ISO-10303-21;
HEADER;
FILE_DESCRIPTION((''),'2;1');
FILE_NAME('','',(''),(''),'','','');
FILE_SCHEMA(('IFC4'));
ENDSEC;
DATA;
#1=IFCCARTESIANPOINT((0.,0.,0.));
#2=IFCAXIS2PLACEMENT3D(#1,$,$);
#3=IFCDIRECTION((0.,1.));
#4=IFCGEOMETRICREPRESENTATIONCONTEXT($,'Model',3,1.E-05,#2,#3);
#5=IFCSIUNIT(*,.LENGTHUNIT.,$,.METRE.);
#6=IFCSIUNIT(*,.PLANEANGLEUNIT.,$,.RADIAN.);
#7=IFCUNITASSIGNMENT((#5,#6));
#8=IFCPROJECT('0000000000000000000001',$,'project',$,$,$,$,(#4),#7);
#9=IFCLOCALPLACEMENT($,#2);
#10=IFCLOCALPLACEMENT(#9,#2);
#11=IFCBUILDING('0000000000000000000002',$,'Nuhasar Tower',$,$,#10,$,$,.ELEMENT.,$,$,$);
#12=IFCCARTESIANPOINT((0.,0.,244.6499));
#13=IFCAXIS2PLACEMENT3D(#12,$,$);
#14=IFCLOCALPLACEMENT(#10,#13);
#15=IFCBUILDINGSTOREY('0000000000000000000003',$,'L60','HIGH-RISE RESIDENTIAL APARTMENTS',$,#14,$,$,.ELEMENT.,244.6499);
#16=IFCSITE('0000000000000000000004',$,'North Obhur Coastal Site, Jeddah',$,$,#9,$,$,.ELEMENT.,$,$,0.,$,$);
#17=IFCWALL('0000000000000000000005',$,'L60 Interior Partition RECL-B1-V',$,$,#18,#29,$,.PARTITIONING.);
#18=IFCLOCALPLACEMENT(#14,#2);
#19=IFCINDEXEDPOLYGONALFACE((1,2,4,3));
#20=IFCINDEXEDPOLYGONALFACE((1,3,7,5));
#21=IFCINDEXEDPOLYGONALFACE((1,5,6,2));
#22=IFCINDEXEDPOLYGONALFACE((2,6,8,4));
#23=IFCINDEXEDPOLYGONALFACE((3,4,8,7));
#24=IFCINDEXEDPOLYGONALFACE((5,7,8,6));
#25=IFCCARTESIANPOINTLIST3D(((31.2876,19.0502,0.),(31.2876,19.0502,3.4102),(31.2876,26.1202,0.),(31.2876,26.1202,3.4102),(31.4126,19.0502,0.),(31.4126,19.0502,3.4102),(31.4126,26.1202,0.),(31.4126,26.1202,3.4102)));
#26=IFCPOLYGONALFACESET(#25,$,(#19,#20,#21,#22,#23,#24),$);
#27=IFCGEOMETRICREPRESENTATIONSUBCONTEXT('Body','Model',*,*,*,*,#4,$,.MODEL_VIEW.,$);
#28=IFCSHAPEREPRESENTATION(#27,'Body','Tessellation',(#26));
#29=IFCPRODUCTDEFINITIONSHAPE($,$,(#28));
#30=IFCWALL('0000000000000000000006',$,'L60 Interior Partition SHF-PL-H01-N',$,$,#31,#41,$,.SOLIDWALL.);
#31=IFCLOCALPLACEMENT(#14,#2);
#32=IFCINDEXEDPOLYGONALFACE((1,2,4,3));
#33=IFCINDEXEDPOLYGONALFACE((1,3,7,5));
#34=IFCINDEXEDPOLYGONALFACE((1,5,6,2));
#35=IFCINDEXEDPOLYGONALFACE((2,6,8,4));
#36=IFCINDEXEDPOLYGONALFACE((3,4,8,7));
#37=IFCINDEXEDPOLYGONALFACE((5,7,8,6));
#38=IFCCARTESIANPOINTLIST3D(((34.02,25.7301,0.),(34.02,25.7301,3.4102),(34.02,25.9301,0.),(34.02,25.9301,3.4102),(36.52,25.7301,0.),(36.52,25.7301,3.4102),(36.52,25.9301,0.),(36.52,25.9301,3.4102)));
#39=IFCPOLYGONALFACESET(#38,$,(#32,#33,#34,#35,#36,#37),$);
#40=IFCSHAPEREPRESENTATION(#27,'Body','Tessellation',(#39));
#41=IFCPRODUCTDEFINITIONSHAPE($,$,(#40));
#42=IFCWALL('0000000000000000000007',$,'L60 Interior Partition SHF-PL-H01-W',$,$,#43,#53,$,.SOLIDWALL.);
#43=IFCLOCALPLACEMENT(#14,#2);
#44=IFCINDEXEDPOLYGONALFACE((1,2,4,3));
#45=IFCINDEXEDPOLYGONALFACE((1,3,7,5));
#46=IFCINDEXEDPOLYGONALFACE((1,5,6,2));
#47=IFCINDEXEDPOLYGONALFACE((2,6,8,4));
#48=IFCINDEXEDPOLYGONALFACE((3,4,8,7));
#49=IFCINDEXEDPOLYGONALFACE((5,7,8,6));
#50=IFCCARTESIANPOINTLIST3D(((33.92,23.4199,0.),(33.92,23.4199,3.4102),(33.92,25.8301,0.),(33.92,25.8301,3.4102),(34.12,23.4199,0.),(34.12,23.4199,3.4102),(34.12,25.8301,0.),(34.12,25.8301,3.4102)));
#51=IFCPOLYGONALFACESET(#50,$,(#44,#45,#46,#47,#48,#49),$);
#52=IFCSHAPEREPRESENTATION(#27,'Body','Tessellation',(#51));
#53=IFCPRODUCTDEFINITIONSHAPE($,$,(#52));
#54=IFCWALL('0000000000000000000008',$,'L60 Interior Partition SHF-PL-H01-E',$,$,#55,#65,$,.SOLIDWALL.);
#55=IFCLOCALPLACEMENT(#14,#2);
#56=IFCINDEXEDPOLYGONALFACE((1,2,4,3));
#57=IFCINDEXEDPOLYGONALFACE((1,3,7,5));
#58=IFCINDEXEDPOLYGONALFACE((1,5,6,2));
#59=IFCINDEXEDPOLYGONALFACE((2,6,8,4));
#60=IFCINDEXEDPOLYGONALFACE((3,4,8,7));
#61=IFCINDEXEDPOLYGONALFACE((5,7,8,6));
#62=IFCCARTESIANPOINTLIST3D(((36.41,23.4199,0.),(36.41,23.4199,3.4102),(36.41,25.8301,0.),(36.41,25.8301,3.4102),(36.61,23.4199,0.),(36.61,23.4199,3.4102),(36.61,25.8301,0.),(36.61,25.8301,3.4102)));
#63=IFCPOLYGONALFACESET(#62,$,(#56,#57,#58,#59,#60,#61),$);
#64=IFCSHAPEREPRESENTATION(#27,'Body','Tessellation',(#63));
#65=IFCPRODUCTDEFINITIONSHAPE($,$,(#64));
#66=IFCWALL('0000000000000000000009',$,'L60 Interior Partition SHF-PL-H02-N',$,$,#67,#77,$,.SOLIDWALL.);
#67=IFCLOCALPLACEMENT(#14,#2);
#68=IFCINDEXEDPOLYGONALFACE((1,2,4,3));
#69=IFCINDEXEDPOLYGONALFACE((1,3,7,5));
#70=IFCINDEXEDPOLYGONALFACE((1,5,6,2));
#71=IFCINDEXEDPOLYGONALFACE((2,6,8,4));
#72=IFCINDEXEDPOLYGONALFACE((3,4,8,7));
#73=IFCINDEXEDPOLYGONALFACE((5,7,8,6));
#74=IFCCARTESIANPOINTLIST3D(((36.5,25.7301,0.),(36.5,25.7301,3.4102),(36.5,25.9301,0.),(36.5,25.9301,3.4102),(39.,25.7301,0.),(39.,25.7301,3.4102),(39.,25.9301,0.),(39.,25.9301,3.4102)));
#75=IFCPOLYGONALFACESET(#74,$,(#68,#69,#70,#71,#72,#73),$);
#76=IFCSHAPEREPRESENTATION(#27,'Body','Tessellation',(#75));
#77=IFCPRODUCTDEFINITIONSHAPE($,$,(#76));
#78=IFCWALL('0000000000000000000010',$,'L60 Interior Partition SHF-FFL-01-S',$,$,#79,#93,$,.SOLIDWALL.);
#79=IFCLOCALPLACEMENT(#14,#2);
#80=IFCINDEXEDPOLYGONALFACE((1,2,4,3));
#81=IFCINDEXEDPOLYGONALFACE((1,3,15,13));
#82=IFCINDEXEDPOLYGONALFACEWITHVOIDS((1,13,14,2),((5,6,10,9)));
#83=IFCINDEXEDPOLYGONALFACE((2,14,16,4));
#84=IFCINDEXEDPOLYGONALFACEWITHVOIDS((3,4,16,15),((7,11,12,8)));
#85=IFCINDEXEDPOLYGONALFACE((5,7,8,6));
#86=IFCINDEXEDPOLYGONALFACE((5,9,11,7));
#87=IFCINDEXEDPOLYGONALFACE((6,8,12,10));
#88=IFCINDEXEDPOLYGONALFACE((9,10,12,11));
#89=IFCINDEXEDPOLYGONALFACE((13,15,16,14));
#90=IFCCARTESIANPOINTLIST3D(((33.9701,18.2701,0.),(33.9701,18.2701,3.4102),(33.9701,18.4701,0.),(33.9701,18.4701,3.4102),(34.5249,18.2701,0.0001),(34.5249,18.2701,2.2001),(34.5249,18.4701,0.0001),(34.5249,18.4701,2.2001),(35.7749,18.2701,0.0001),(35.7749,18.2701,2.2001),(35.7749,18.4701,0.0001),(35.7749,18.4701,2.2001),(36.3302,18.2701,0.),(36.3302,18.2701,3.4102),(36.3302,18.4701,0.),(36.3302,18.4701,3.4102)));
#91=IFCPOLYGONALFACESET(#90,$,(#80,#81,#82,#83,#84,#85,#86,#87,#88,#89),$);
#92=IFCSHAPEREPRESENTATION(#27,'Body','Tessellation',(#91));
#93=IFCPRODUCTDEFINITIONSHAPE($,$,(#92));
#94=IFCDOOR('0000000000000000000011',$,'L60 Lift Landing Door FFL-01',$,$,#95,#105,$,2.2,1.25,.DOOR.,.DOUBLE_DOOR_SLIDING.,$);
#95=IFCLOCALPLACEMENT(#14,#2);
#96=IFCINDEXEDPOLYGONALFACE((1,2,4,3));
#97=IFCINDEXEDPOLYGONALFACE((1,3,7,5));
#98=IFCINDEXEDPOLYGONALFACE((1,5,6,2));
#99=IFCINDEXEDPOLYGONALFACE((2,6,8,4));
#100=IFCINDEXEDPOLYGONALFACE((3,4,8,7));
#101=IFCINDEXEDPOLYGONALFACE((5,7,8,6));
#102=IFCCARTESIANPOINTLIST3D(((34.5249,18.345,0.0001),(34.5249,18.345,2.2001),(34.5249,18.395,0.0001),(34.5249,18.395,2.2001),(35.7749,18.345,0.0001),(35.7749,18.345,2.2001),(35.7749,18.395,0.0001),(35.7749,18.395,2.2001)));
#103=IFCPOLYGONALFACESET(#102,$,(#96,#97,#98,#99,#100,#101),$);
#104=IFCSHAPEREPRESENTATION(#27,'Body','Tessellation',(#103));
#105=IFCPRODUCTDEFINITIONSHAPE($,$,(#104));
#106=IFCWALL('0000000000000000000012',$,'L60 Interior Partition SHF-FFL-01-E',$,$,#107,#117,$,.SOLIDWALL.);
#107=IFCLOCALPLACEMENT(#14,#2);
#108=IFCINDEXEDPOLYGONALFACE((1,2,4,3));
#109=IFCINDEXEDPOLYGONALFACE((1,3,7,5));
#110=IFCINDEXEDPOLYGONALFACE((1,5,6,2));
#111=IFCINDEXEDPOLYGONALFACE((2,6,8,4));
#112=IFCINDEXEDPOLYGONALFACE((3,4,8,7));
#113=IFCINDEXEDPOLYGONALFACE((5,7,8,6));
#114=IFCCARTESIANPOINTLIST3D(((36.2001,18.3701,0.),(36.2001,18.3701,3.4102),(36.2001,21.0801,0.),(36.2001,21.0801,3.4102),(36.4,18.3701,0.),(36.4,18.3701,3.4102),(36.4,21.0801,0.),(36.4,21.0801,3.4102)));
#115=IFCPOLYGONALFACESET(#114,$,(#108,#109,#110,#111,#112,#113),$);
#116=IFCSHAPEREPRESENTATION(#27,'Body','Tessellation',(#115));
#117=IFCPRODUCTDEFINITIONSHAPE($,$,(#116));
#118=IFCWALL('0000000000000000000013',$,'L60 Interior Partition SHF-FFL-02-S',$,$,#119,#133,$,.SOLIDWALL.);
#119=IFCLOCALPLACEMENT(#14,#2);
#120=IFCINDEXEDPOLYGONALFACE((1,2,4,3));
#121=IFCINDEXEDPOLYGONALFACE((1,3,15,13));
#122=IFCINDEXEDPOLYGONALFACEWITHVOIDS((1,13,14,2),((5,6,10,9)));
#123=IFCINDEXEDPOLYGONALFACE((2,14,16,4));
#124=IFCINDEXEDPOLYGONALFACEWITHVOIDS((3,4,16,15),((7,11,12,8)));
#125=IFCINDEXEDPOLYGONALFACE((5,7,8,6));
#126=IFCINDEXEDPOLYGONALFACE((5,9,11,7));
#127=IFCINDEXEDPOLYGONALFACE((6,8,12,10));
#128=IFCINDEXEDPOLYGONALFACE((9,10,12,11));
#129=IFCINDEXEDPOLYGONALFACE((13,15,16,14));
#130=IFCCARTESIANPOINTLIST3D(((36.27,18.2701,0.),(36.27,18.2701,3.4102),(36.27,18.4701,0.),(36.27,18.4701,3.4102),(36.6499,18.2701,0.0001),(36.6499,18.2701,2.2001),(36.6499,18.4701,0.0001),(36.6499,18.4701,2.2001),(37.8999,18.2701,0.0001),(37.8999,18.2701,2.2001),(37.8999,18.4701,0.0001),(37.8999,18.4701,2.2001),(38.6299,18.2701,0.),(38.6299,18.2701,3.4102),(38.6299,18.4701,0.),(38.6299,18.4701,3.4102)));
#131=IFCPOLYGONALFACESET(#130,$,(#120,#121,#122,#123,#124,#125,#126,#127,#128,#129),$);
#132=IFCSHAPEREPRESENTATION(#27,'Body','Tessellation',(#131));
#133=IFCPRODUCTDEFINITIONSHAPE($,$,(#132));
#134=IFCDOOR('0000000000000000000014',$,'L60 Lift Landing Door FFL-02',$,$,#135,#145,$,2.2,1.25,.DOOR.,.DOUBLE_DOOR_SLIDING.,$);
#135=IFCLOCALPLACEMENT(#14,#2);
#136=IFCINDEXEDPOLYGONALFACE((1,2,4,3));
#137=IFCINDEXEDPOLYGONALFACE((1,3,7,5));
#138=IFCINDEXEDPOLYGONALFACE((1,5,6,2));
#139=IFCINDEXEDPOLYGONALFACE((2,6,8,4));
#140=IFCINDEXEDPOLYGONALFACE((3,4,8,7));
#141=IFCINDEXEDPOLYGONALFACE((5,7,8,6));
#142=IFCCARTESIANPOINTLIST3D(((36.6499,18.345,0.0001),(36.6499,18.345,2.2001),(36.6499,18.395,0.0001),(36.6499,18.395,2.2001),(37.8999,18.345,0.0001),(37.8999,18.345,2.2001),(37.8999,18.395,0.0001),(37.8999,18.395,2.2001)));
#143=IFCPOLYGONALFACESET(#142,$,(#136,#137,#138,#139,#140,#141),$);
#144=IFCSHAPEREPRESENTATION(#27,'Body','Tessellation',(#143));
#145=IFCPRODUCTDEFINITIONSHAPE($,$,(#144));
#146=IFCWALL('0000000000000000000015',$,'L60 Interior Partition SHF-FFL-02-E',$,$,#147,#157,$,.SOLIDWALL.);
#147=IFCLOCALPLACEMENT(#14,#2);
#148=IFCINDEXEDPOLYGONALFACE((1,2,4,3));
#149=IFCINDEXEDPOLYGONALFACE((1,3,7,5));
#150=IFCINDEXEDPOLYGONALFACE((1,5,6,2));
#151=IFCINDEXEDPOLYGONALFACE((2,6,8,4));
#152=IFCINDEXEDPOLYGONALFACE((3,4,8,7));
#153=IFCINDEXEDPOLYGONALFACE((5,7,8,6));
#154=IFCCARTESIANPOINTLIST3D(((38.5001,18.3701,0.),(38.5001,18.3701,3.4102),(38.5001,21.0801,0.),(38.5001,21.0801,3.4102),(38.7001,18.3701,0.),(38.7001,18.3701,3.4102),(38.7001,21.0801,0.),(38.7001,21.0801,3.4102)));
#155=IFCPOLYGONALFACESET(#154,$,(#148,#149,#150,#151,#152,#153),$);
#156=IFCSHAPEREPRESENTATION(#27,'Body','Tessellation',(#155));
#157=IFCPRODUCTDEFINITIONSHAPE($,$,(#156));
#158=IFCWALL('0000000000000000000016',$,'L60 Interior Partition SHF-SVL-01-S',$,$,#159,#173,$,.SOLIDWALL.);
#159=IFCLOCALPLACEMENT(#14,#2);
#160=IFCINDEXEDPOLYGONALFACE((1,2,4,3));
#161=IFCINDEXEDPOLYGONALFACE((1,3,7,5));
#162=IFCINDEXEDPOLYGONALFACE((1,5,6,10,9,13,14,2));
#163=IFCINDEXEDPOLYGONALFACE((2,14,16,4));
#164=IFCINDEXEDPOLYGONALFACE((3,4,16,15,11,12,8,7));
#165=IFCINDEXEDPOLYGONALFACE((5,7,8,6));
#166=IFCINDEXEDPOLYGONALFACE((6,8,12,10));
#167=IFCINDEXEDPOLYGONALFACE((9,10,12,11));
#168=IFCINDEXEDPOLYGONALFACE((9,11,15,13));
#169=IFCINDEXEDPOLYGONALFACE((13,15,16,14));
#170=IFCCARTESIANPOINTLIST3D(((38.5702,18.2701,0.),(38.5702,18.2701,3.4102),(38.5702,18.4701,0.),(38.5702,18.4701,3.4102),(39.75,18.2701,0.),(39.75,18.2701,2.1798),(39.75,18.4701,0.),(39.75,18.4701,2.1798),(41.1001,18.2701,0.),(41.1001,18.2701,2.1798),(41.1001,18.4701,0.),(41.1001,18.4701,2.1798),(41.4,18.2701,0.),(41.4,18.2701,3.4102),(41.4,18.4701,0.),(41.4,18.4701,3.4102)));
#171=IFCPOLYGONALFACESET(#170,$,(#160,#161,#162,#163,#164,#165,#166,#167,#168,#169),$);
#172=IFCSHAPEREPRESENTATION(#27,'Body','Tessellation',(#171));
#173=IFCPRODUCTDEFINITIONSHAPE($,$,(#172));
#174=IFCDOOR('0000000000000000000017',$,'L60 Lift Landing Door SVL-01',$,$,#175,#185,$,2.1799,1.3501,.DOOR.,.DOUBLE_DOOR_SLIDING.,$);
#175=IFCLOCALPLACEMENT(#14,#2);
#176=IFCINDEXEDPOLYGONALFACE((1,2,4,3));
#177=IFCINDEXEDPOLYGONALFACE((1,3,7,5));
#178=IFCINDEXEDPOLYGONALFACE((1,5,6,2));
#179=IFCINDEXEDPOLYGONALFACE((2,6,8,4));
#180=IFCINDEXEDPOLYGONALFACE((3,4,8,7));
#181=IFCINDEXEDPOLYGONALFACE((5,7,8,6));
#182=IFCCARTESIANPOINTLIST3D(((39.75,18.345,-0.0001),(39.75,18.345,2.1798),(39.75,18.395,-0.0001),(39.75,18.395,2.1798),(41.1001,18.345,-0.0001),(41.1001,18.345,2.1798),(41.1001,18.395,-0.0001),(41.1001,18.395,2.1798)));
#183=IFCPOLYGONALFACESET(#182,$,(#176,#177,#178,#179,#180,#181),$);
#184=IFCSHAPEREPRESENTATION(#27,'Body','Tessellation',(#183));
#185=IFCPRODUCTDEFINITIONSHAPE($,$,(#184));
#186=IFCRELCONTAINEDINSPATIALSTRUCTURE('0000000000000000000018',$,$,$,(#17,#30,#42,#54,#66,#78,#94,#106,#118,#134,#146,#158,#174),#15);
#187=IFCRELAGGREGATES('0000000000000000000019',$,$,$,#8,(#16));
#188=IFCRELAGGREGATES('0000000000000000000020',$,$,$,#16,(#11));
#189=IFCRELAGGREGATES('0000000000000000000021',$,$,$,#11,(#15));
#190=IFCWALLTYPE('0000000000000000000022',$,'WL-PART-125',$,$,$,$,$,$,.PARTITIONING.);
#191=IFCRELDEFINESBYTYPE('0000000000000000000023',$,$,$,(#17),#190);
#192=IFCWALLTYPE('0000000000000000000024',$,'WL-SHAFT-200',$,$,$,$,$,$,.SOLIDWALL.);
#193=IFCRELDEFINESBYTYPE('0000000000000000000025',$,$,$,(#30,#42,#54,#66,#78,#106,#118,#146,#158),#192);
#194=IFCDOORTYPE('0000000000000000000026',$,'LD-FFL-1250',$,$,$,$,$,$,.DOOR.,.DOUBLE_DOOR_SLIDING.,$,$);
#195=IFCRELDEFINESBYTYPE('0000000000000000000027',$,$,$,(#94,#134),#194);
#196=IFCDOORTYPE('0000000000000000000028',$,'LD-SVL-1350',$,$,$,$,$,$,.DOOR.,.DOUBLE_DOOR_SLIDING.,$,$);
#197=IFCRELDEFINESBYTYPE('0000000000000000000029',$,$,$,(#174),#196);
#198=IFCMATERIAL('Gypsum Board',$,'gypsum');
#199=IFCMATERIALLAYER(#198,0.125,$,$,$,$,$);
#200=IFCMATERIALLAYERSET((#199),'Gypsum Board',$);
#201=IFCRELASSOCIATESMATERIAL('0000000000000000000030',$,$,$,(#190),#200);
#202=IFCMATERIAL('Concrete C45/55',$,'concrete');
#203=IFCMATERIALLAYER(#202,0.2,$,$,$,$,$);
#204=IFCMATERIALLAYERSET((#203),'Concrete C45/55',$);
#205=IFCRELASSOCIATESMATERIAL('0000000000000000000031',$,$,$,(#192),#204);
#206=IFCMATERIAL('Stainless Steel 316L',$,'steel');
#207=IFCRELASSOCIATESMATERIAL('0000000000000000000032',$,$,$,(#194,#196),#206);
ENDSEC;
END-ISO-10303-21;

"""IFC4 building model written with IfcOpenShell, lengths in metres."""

from ifc_helpers import new_model, si_unit, direction, frame, frame_2d, origin, place, context, subcontext, project, spatial, rectangle, extrude, material, layer, layer_set, type_object, element, fill, save


model = new_model("IFC4")

# Units and contexts
model_context = context("Model", 3, precision=1e-05, world=origin(), true_north=direction((0.0, 1.0)))
body_context = subcontext(model_context, "Body", "Model", "MODEL_VIEW")
ifc_project = project(units=[si_unit("LENGTHUNIT", "METRE"), si_unit("PLANEANGLEUNIT", "RADIAN")], contexts=[model_context])

# Site, building, storey
site_placement = place(None, origin())
site = spatial("IfcSite", under=ifc_project, at=site_placement, Name="North Obhur Coastal Site, Jeddah", CompositionType="ELEMENT", RefElevation=0.0)
building_placement = place(site_placement, origin())
building = spatial("IfcBuilding", under=site, at=building_placement, Name="Nuhasar Tower", CompositionType="ELEMENT")
storey_placement = place(building_placement, frame((0.0, 0.0, 244.6499)))
storey = spatial("IfcBuildingStorey", under=building, at=storey_placement, Name="L60", Description="HIGH-RISE RESIDENTIAL APARTMENTS", CompositionType="ELEMENT", Elevation=244.6499)

# Shared definitions
ifc_material_1 = material(Name="Gypsum Board", Category="gypsum")

# Wall
ifc_material_2 = material(Name="Concrete C45/55", Category="concrete")
ifc_layer_1 = layer(ifc_material_1, 0.125)
ifc_layer_set_1 = layer_set([ifc_layer_1], Name="Gypsum Board")
wall_type_1 = type_object("IfcWallType", Name="WL-PART-125", PredefinedType="PARTITIONING", material=ifc_layer_set_1)
wall_1_placement = place(storey_placement, frame((31.3501, 19.05, 0.0), z_axis=(0.0, 0.0, 1.0), x_axis=(0.0, 1.0, 0.0)))
element("IfcWall", 1, at=wall_1_placement, inside=storey, type_object=wall_type_1, Name="L60 Interior Partition RECL-B1-V", PredefinedType="PARTITIONING", context=body_context, shape_type="SweptSolid", body=[
    extrude(rectangle(XDim=7.0701, YDim=0.125, at=frame_2d((3.5352, 0.0))), origin(), (0.0, 0.0, 1.0), 3.4102),
])

# Shared definitions
ifc_layer_2 = layer(ifc_material_2, 0.2)
ifc_layer_set_2 = layer_set([ifc_layer_2], Name="Concrete C45/55")
wall_type_2 = type_object("IfcWallType", Name="WL-SHAFT-200", PredefinedType="SOLIDWALL", material=ifc_layer_set_2)
ifc_material_3 = material(Name="Stainless Steel 316L", Category="steel")

# Walls
wall_2_placement = place(storey_placement, frame((34.02, 25.8301, 0.0), z_axis=(0.0, 0.0, 1.0), x_axis=(1.0, 0.0, 0.0)))
element("IfcWall", 2, at=wall_2_placement, inside=storey, type_object=wall_type_2, Name="L60 Interior Partition SHF-PL-H01-N", PredefinedType="SOLIDWALL", context=body_context, shape_type="SweptSolid", body=[
    extrude(rectangle(XDim=2.5, YDim=0.2, at=frame_2d((1.25, 0.0))), origin(), (0.0, 0.0, 1.0), 3.4102),
])
for number, where, z_axis, x_axis, name in (
    (3, (34.02, 23.4199, 0.0), (0.0, 0.0, 1.0), (0.0, 1.0, 0.0), "L60 Interior Partition SHF-PL-H01-W"),
    (4, (36.51, 23.4199, 0.0), (0.0, 0.0, 1.0), (0.0, 1.0, 0.0), "L60 Interior Partition SHF-PL-H01-E"),
):
    element("IfcWall", number, at=place(storey_placement, frame(where, z_axis=z_axis, x_axis=x_axis)), inside=storey, type_object=wall_type_2, Name=name, PredefinedType="SOLIDWALL", context=body_context, shape_type="SweptSolid", body=[
        extrude(rectangle(XDim=2.4102, YDim=0.2, at=frame_2d((1.2051, 0.0))), origin(), (0.0, 0.0, 1.0), 3.4102),
    ])

# Wall
wall_3_placement = place(storey_placement, frame((36.5, 25.8301, 0.0), z_axis=(0.0, 0.0, 1.0), x_axis=(1.0, 0.0, 0.0)))
element("IfcWall", 5, at=wall_3_placement, inside=storey, type_object=wall_type_2, Name="L60 Interior Partition SHF-PL-H02-N", PredefinedType="SOLIDWALL", context=body_context, shape_type="SweptSolid", body=[
    extrude(rectangle(XDim=2.5, YDim=0.2, at=frame_2d((1.25, 0.0))), origin(), (0.0, 0.0, 1.0), 3.4102),
])

# Wall, opening, door
wall_4_placement = place(storey_placement, frame((33.97, 18.3701, 0.0), z_axis=(0.0, 0.0, 1.0), x_axis=(1.0, 0.0, 0.0)))
wall_4 = element("IfcWall", 6, at=wall_4_placement, inside=storey, type_object=wall_type_2, Name="L60 Interior Partition SHF-FFL-01-S", PredefinedType="SOLIDWALL", context=body_context, shape_type="SweptSolid", body=[
    extrude(rectangle(XDim=2.3601, YDim=0.2, at=frame_2d((1.1802, 0.0))), origin(), (0.0, 0.0, 1.0), 3.4102),
])
opening_1_placement = place(wall_4_placement, frame((0.5549, 0.0, 0.0)))
opening_1 = element("IfcOpeningElement", 7, at=opening_1_placement, cuts=wall_4, PredefinedType="OPENING", context=body_context, shape_type="SweptSolid", body=[
    extrude(rectangle(XDim=1.25, YDim=2.2, at=frame_2d((0.625, 1.1001))), frame((0.0, 0.1099, 0.0), z_axis=(0.0, -1.0, 0.0), x_axis=(1.0, 0.0, 0.0)), (0.0, 0.0, 1.0), 0.22),
])
door_type_1 = type_object("IfcDoorType", Name="LD-FFL-1250", OperationType="DOUBLE_DOOR_SLIDING", PredefinedType="DOOR", material=ifc_material_3)
door_1_placement = place(opening_1_placement, origin())
door_1 = element("IfcDoor", 8, at=door_1_placement, inside=storey, type_object=door_type_1, Name="L60 Lift Landing Door FFL-01", OperationType="DOUBLE_DOOR_SLIDING", OverallHeight=2.2, OverallWidth=1.25, PredefinedType="DOOR", context=body_context, shape_type="SweptSolid", body=[
    extrude(rectangle(XDim=1.25, YDim=2.2, at=frame_2d((0.625, 1.1001))), frame((0.0, 0.0249, 0.0), z_axis=(0.0, -1.0, 0.0), x_axis=(1.0, 0.0, 0.0)), (0.0, 0.0, 1.0), 0.05),
])
fill(opening_1, door_1)

# Wall
wall_5_placement = place(storey_placement, frame((36.3, 18.3701, 0.0), z_axis=(0.0, 0.0, 1.0), x_axis=(0.0, 1.0, 0.0)))
element("IfcWall", 9, at=wall_5_placement, inside=storey, type_object=wall_type_2, Name="L60 Interior Partition SHF-FFL-01-E", PredefinedType="SOLIDWALL", context=body_context, shape_type="SweptSolid", body=[
    extrude(rectangle(XDim=2.71, YDim=0.2, at=frame_2d((1.355, 0.0))), origin(), (0.0, 0.0, 1.0), 3.4102),
])

# Wall, opening, door
wall_6_placement = place(storey_placement, frame((36.27, 18.3701, 0.0), z_axis=(0.0, 0.0, 1.0), x_axis=(1.0, 0.0, 0.0)))
wall_6 = element("IfcWall", 10, at=wall_6_placement, inside=storey, type_object=wall_type_2, Name="L60 Interior Partition SHF-FFL-02-S", PredefinedType="SOLIDWALL", context=body_context, shape_type="SweptSolid", body=[
    extrude(rectangle(XDim=2.3599, YDim=0.2, at=frame_2d((1.1799, 0.0))), origin(), (0.0, 0.0, 1.0), 3.4102),
])
opening_2_placement = place(wall_6_placement, frame((0.3799, 0.0, 0.0)))
opening_2 = element("IfcOpeningElement", 11, at=opening_2_placement, cuts=wall_6, PredefinedType="OPENING", context=body_context, shape_type="SweptSolid", body=[
    extrude(rectangle(XDim=1.25, YDim=2.2, at=frame_2d((0.625, 1.1001))), frame((0.0, 0.1099, 0.0), z_axis=(0.0, -1.0, 0.0), x_axis=(1.0, 0.0, 0.0)), (0.0, 0.0, 1.0), 0.22),
])
door_2_placement = place(opening_2_placement, origin())
door_2 = element("IfcDoor", 12, at=door_2_placement, inside=storey, type_object=door_type_1, Name="L60 Lift Landing Door FFL-02", OperationType="DOUBLE_DOOR_SLIDING", OverallHeight=2.2, OverallWidth=1.25, PredefinedType="DOOR", context=body_context, shape_type="SweptSolid", body=[
    extrude(rectangle(XDim=1.25, YDim=2.2, at=frame_2d((0.625, 1.1001))), frame((0.0, 0.0249, 0.0), z_axis=(0.0, -1.0, 0.0), x_axis=(1.0, 0.0, 0.0)), (0.0, 0.0, 1.0), 0.05),
])
fill(opening_2, door_2)

# Wall
wall_7_placement = place(storey_placement, frame((38.6001, 18.3701, 0.0), z_axis=(0.0, 0.0, 1.0), x_axis=(0.0, 1.0, 0.0)))
element("IfcWall", 13, at=wall_7_placement, inside=storey, type_object=wall_type_2, Name="L60 Interior Partition SHF-FFL-02-E", PredefinedType="SOLIDWALL", context=body_context, shape_type="SweptSolid", body=[
    extrude(rectangle(XDim=2.71, YDim=0.2, at=frame_2d((1.355, 0.0))), origin(), (0.0, 0.0, 1.0), 3.4102),
])

# Wall, opening, door
wall_8_placement = place(storey_placement, frame((38.5701, 18.3701, 0.0), z_axis=(0.0, 0.0, 1.0), x_axis=(1.0, 0.0, 0.0)))
wall_8 = element("IfcWall", 14, at=wall_8_placement, inside=storey, type_object=wall_type_2, Name="L60 Interior Partition SHF-SVL-01-S", PredefinedType="SOLIDWALL", context=body_context, shape_type="SweptSolid", body=[
    extrude(rectangle(XDim=2.8298, YDim=0.2, at=frame_2d((1.415, 0.0))), origin(), (0.0, 0.0, 1.0), 3.4102),
])
opening_3_placement = place(wall_8_placement, frame((1.1799, 0.0, 0.0)))
opening_3 = element("IfcOpeningElement", 15, at=opening_3_placement, cuts=wall_8, PredefinedType="OPENING", context=body_context, shape_type="SweptSolid", body=[
    extrude(rectangle(XDim=1.3501, YDim=2.1799, at=frame_2d((0.675, 1.0898))), frame((0.0, 0.1099, 0.0), z_axis=(0.0, -1.0, 0.0), x_axis=(1.0, 0.0, 0.0)), (0.0, 0.0, 1.0), 0.22),
])
door_type_2 = type_object("IfcDoorType", Name="LD-SVL-1350", OperationType="DOUBLE_DOOR_SLIDING", PredefinedType="DOOR", material=ifc_material_3)
door_3_placement = place(opening_3_placement, origin())
door_3 = element("IfcDoor", 16, at=door_3_placement, inside=storey, type_object=door_type_2, Name="L60 Lift Landing Door SVL-01", OperationType="DOUBLE_DOOR_SLIDING", OverallHeight=2.1799, OverallWidth=1.3501, PredefinedType="DOOR", context=body_context, shape_type="SweptSolid", body=[
    extrude(rectangle(XDim=1.3501, YDim=2.1799, at=frame_2d((0.675, 1.0898))), frame((0.0, 0.0249, 0.0), z_axis=(0.0, -1.0, 0.0), x_axis=(1.0, 0.0, 0.0)), (0.0, 0.0, 1.0), 0.05),
])
fill(opening_3, door_3)

save(model, "model.ifc")
